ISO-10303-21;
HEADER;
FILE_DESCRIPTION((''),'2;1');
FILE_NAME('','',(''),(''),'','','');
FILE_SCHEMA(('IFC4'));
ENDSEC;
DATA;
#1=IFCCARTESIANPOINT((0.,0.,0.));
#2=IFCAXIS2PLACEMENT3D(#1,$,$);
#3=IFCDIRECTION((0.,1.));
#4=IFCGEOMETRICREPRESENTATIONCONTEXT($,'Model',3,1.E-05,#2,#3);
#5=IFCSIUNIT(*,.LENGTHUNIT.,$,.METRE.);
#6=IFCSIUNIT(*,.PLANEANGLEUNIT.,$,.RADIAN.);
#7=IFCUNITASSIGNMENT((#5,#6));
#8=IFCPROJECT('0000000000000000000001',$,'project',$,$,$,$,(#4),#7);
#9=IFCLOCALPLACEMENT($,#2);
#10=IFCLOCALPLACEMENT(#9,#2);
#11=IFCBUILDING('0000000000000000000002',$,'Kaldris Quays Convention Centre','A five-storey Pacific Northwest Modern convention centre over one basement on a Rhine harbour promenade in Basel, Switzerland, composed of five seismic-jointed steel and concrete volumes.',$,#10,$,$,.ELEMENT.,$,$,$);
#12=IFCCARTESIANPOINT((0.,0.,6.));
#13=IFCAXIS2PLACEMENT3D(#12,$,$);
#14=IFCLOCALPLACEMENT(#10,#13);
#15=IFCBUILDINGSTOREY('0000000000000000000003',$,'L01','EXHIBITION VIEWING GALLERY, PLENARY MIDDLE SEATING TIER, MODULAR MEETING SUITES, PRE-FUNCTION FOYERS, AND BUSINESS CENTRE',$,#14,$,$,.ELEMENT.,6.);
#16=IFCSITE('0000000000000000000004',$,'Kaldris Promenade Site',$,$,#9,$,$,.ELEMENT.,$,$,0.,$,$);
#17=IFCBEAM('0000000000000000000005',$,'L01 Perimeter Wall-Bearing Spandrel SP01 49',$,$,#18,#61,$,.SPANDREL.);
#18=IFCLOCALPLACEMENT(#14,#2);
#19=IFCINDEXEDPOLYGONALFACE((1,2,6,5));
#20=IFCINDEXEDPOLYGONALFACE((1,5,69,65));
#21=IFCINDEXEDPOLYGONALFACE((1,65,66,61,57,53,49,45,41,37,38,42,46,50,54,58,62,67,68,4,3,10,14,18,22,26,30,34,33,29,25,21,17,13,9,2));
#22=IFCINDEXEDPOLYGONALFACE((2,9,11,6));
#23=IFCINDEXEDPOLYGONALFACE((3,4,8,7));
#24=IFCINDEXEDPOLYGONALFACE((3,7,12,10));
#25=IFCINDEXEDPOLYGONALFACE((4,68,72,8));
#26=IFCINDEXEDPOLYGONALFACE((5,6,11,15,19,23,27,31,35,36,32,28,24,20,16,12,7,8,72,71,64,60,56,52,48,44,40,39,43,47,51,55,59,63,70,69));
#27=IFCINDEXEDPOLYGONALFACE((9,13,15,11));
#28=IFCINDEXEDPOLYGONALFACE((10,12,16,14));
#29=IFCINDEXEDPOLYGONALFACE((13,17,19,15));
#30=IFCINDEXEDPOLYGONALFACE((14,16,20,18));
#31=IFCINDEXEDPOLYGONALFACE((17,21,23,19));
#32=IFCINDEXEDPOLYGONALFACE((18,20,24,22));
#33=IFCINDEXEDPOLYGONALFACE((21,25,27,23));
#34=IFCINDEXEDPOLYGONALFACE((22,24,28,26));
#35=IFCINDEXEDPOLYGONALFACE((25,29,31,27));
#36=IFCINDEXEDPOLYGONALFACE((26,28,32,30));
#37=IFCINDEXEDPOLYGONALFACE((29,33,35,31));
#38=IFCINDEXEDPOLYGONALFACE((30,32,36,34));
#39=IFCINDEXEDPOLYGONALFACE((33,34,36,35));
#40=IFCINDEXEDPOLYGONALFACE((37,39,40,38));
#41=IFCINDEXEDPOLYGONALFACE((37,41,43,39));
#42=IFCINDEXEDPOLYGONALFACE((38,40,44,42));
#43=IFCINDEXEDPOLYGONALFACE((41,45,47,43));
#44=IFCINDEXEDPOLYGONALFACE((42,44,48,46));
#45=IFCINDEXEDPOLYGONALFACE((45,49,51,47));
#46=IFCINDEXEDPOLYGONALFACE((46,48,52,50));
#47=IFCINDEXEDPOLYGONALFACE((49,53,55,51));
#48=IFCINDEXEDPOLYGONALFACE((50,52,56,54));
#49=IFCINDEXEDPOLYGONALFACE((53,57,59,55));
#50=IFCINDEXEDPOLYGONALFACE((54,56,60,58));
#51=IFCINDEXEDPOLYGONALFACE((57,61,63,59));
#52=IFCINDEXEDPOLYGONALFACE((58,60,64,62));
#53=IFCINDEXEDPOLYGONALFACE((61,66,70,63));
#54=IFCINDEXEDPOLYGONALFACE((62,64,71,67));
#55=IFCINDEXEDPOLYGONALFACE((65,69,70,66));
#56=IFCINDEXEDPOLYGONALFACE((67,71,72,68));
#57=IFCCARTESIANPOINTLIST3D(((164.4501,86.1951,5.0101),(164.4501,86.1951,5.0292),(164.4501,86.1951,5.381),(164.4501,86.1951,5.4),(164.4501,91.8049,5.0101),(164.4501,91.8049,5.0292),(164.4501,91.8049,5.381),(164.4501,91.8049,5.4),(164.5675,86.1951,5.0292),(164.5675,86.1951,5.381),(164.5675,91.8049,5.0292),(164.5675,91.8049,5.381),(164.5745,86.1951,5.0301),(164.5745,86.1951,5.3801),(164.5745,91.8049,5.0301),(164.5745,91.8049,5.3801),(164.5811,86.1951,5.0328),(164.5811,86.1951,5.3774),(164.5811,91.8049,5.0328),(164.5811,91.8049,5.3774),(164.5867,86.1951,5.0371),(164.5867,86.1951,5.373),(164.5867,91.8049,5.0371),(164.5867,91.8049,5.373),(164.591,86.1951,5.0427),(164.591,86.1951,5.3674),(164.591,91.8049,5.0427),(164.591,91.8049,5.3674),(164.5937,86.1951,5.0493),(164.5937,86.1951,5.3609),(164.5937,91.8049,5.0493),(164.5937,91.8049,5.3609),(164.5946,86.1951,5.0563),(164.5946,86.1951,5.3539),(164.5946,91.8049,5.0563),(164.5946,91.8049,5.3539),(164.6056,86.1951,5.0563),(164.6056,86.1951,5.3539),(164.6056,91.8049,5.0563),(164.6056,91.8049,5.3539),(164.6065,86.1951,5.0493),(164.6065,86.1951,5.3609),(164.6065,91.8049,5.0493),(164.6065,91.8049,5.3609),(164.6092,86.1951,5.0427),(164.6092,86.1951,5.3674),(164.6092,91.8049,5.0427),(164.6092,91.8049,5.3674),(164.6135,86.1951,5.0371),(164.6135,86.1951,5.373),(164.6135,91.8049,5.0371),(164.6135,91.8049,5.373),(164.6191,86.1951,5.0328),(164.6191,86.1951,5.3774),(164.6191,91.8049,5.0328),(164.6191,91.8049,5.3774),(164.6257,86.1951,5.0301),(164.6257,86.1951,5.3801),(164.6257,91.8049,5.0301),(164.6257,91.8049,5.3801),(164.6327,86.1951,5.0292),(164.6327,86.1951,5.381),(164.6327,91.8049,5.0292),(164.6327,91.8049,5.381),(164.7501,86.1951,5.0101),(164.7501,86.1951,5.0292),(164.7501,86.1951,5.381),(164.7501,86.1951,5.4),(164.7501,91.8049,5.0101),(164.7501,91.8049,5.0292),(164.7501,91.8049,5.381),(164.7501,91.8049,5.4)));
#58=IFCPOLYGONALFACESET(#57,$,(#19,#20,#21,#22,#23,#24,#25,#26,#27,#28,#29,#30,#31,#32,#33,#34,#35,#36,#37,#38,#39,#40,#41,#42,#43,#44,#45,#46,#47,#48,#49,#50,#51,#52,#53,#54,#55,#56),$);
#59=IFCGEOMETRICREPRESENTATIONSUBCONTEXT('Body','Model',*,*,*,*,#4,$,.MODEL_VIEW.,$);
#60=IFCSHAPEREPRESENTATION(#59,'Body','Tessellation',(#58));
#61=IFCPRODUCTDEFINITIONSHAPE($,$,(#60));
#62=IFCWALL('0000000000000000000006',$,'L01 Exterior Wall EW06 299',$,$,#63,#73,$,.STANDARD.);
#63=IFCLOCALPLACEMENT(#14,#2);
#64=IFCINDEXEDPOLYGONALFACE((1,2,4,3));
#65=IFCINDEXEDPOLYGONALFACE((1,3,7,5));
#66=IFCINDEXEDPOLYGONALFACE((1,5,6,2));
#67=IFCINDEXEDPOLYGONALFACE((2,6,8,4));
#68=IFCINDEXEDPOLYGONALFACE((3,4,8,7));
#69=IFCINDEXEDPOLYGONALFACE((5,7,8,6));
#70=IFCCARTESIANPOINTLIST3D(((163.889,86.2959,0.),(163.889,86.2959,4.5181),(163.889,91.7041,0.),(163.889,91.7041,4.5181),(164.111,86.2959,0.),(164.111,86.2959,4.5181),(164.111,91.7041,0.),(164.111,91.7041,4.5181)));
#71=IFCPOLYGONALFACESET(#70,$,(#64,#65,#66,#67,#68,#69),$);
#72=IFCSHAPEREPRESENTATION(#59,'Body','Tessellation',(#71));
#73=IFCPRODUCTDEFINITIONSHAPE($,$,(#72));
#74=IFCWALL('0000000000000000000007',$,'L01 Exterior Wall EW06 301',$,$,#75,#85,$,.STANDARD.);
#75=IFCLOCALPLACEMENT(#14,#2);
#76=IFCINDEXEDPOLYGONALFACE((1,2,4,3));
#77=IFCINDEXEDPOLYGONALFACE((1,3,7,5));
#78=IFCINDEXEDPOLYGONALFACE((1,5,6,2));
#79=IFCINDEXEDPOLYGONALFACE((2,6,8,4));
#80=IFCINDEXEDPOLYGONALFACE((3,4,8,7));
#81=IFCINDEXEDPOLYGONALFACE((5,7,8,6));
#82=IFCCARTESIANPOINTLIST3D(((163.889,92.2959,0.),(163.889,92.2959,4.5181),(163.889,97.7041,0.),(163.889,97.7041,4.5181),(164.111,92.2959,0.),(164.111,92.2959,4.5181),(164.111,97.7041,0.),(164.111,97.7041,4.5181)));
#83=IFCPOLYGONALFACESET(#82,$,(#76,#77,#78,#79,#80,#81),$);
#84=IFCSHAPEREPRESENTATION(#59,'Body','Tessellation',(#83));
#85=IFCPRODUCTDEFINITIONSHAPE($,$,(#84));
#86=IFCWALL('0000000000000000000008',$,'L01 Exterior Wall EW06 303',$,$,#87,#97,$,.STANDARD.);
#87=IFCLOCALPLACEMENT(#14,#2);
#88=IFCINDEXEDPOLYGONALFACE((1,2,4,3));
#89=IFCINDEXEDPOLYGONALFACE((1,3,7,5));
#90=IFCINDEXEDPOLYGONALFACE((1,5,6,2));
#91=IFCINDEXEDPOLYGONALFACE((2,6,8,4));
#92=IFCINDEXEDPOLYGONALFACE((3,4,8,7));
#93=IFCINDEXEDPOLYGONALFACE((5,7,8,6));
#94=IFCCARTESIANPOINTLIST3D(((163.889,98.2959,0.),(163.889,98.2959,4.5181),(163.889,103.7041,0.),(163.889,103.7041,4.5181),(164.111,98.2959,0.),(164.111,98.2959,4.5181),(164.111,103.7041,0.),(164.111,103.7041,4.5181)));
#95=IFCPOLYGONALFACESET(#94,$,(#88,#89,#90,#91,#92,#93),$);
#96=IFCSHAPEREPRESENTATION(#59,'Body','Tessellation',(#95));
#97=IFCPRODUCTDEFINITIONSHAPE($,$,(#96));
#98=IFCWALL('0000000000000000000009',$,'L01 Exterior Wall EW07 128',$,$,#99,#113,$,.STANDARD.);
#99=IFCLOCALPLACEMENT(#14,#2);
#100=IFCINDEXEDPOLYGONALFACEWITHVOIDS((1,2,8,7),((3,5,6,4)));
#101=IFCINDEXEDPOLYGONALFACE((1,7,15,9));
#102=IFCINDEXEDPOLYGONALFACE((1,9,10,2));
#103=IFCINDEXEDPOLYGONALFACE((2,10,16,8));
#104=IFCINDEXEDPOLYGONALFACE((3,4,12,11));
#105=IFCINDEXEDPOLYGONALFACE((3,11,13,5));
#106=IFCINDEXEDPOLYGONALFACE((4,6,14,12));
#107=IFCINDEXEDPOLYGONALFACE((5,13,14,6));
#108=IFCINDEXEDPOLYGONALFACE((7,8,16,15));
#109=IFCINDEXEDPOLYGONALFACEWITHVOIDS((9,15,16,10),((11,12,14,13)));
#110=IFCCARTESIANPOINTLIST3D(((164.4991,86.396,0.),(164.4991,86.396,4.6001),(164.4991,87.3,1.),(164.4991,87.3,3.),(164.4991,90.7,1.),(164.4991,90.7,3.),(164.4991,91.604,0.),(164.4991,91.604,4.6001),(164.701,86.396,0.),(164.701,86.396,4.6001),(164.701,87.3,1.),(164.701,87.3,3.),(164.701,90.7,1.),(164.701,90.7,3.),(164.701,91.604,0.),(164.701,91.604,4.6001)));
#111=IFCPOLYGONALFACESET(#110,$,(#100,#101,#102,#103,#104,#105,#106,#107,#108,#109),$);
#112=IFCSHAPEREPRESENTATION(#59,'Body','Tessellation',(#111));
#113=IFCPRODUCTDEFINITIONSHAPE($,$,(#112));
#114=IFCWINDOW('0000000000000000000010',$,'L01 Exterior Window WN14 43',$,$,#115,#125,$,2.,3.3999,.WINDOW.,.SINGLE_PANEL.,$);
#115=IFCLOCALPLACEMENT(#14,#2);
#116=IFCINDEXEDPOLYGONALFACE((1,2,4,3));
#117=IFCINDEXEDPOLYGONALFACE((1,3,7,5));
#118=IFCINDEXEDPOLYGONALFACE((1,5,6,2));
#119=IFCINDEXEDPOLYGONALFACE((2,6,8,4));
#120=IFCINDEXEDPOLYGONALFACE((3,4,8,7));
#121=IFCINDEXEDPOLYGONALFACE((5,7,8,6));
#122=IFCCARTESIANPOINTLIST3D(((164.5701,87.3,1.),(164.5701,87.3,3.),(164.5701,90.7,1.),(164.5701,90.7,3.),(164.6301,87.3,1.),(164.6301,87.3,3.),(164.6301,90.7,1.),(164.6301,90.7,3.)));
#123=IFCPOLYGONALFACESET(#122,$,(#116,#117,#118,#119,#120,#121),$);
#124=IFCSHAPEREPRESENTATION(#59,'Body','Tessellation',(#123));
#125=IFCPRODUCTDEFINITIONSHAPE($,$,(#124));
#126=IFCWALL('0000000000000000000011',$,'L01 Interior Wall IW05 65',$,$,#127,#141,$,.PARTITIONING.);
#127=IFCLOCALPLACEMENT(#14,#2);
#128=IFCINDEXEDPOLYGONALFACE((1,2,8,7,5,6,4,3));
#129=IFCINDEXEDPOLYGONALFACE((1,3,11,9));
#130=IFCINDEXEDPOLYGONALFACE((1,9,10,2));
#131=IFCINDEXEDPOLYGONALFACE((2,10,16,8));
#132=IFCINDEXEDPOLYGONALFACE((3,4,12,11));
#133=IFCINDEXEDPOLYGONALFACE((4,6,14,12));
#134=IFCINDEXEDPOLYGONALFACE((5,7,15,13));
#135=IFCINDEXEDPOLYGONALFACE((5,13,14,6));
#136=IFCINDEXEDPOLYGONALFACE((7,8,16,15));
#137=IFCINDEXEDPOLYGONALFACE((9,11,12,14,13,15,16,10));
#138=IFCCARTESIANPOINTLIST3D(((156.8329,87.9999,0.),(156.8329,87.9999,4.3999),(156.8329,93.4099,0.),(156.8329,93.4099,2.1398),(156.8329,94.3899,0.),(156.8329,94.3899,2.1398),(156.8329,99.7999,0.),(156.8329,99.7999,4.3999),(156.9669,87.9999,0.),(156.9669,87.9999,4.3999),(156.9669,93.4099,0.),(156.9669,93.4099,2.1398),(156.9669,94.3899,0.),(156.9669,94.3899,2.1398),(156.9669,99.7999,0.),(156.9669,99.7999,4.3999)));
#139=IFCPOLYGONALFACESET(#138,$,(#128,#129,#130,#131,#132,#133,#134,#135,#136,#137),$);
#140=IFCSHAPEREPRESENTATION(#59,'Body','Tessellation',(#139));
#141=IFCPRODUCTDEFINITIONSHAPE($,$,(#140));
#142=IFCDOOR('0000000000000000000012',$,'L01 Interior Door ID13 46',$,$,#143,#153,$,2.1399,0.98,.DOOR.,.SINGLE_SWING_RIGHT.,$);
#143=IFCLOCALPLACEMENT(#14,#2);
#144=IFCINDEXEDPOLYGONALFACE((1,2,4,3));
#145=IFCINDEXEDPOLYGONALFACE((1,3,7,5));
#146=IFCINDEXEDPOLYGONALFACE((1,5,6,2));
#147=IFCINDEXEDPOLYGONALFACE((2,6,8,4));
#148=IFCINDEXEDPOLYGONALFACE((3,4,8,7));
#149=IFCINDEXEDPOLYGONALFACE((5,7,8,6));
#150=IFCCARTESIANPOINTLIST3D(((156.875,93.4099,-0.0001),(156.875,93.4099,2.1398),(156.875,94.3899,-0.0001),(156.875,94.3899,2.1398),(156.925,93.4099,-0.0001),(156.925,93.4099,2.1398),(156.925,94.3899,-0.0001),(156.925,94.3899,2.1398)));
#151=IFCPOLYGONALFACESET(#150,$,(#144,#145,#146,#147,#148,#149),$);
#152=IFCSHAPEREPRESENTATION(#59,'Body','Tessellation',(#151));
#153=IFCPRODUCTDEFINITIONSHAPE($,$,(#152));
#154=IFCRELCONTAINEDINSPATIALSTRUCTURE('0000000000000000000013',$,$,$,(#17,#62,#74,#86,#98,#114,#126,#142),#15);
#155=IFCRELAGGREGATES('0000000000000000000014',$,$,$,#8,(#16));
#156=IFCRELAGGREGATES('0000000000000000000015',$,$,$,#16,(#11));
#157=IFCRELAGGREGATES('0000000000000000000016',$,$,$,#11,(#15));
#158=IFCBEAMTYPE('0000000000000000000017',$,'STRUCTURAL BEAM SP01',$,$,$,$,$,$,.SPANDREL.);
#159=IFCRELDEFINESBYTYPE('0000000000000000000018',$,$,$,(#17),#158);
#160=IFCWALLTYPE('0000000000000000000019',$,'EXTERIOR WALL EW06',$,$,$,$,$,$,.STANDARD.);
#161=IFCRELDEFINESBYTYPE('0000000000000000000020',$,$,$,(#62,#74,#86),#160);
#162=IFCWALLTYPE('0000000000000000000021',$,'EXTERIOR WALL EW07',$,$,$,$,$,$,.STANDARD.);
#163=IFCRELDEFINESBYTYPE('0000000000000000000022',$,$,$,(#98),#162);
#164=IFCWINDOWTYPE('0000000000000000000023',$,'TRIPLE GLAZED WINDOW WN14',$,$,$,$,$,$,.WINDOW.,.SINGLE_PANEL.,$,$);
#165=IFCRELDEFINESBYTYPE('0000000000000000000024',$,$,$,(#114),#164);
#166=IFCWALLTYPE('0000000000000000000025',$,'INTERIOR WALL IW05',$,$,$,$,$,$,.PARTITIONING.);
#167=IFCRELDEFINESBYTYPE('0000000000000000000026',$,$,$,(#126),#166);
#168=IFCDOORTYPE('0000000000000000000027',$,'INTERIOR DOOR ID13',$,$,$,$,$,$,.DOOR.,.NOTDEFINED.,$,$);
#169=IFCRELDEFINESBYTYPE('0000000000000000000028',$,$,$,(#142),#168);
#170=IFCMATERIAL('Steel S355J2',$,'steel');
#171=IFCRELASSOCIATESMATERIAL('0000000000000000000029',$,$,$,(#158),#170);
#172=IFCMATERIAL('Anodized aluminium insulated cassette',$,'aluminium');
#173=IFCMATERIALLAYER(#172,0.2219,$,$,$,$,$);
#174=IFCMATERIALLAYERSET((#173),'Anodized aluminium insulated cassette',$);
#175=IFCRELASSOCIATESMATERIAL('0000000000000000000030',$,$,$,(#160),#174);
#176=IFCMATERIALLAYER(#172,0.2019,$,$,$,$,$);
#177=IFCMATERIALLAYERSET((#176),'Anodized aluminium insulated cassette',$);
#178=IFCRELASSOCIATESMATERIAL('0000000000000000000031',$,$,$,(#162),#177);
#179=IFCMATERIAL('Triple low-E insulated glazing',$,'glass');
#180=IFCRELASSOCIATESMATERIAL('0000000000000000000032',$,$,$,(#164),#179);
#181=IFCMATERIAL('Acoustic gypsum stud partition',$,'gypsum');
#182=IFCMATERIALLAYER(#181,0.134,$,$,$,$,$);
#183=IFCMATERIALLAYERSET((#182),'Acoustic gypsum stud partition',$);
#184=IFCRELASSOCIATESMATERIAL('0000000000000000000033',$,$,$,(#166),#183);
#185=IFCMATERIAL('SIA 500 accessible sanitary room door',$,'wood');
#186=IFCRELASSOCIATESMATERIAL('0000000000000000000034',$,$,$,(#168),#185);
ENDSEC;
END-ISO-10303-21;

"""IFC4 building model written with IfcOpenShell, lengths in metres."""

from ifc_helpers import new_model, si_unit, direction, frame, frame_2d, origin, origin_2d, place, context, subcontext, project, spatial, rectangle, i_section, extrude, material, layer, layer_set, material_profile, profile_set, type_object, element, fill, save


model = new_model("IFC4")

# Units and contexts
model_context = context("Model", 3, precision=1e-05, world=origin(), true_north=direction((0.0, 1.0)))
body_context = subcontext(model_context, "Body", "Model", "MODEL_VIEW")
ifc_project = project(units=[si_unit("LENGTHUNIT", "METRE"), si_unit("PLANEANGLEUNIT", "RADIAN")], contexts=[model_context])

# Site, building, storey
site_placement = place(None, origin())
site = spatial("IfcSite", under=ifc_project, at=site_placement, Name="Kaldris Promenade Site", CompositionType="ELEMENT", RefElevation=0.0)
building_placement = place(site_placement, origin())
building = spatial("IfcBuilding", under=site, at=building_placement, Name="Kaldris Quays Convention Centre", Description="A five-storey Pacific Northwest Modern convention centre over one basement on a Rhine harbour promenade in Basel, Switzerland, composed of five seismic-jointed steel and concrete volumes.", CompositionType="ELEMENT")
storey_placement = place(building_placement, frame((0.0, 0.0, 6.0)))
storey = spatial("IfcBuildingStorey", under=building, at=storey_placement, Name="L01", Description="EXHIBITION VIEWING GALLERY, PLENARY MIDDLE SEATING TIER, MODULAR MEETING SUITES, PRE-FUNCTION FOYERS, AND BUSINESS CENTRE", CompositionType="ELEMENT", Elevation=6.0)

# Shared definitions
ifc_material_1 = material(Name="Steel S355J2", Category="steel")

# Beam
ifc_material_profile_1 = material_profile(ifc_material_1, i_section(OverallWidth=0.3, OverallDepth=0.3899, WebThickness=0.011, FlangeThickness=0.019, FilletRadius=0.0271, at=origin_2d()), Name="HEA 400")
ifc_profile_set_1 = profile_set([ifc_material_profile_1], Name="Steel S355J2")
beam_type_1 = type_object("IfcBeamType", Name="STRUCTURAL BEAM SP01", PredefinedType="SPANDREL", material=ifc_profile_set_1)
beam_placement = place(storey_placement, frame((164.6001, 86.1951, 5.2051), z_axis=(0.0, 1.0, 0.0), x_axis=(-1.0, 0.0, 0.0)))
element("IfcBeam", 1, at=beam_placement, inside=storey, type_object=beam_type_1, Name="L01 Perimeter Wall-Bearing Spandrel SP01 49", PredefinedType="SPANDREL", context=body_context, shape_type="SweptSolid", body=[
    extrude(i_section(OverallWidth=0.3, OverallDepth=0.3899, WebThickness=0.011, FlangeThickness=0.019, FilletRadius=0.0271, at=origin_2d()), origin(), (0.0, 0.0, 1.0), 5.6099),
])

# Walls
ifc_material_2 = material(Name="Anodized aluminium insulated cassette", Category="aluminium")
ifc_layer_1 = layer(ifc_material_2, 0.2219)
ifc_layer_set_1 = layer_set([ifc_layer_1], Name="Anodized aluminium insulated cassette")
wall_type_1 = type_object("IfcWallType", Name="EXTERIOR WALL EW06", PredefinedType="STANDARD", material=ifc_layer_set_1)
for number, where, z_axis, x_axis, name in (
    (2, (164.0, 86.2959, 0.0), (0.0, 0.0, 1.0), (0.0, 1.0, 0.0), "L01 Exterior Wall EW06 299"),
    (3, (164.0, 92.2959, 0.0), (0.0, 0.0, 1.0), (0.0, 1.0, 0.0), "L01 Exterior Wall EW06 301"),
    (4, (164.0, 98.2959, 0.0), (0.0, 0.0, 1.0), (0.0, 1.0, 0.0), "L01 Exterior Wall EW06 303"),
):
    element("IfcWall", number, at=place(storey_placement, frame(where, z_axis=z_axis, x_axis=x_axis)), inside=storey, type_object=wall_type_1, Name=name, PredefinedType="STANDARD", context=body_context, shape_type="SweptSolid", body=[
        extrude(rectangle(XDim=5.4082, YDim=0.2219, at=frame_2d((2.7041, 0.0))), origin(), (0.0, 0.0, 1.0), 4.5181),
    ])

# Wall, opening, window
ifc_layer_2 = layer(ifc_material_2, 0.2019)
ifc_layer_set_2 = layer_set([ifc_layer_2], Name="Anodized aluminium insulated cassette")
wall_type_2 = type_object("IfcWallType", Name="EXTERIOR WALL EW07", PredefinedType="STANDARD", material=ifc_layer_set_2)
wall_1_placement = place(storey_placement, frame((164.6001, 86.396, 0.0), z_axis=(0.0, 0.0, 1.0), x_axis=(0.0, 1.0, 0.0)))
wall_1 = element("IfcWall", 5, at=wall_1_placement, inside=storey, type_object=wall_type_2, Name="L01 Exterior Wall EW07 128", PredefinedType="STANDARD", context=body_context, shape_type="SweptSolid", body=[
    extrude(rectangle(XDim=5.208, YDim=0.2019, at=frame_2d((2.604, 0.0))), origin(), (0.0, 0.0, 1.0), 4.6001),
])
opening_1_placement = place(wall_1_placement, frame((0.9041, 0.0, 1.0)))
opening_1 = element("IfcOpeningElement", 6, at=opening_1_placement, cuts=wall_1, PredefinedType="OPENING", context=body_context, shape_type="SweptSolid", body=[
    extrude(rectangle(XDim=3.3999, YDim=2.0, at=frame_2d((1.7, 1.0))), frame((0.0, 0.1108, 0.0), z_axis=(0.0, -1.0, 0.0), x_axis=(1.0, 0.0, 0.0)), (0.0, 0.0, 1.0), 0.2219),
])
ifc_material_3 = material(Name="Triple low-E insulated glazing", Category="glass")
window_type = type_object("IfcWindowType", Name="TRIPLE GLAZED WINDOW WN14", PartitioningType="SINGLE_PANEL", PredefinedType="WINDOW", material=ifc_material_3)
window_placement = place(opening_1_placement, origin())
window = element("IfcWindow", 7, at=window_placement, inside=storey, type_object=window_type, Name="L01 Exterior Window WN14 43", OverallHeight=2.0, OverallWidth=3.3999, PartitioningType="SINGLE_PANEL", PredefinedType="WINDOW", context=body_context, shape_type="SweptSolid", body=[
    extrude(rectangle(XDim=3.3999, YDim=2.0, at=frame_2d((1.7, 1.0))), frame((0.0, 0.03, 0.0), z_axis=(0.0, -1.0, 0.0), x_axis=(1.0, 0.0, 0.0)), (0.0, 0.0, 1.0), 0.0601),
])
fill(opening_1, window)

# Wall, opening, door
ifc_material_4 = material(Name="Acoustic gypsum stud partition", Category="gypsum")
ifc_layer_3 = layer(ifc_material_4, 0.134)
ifc_layer_set_3 = layer_set([ifc_layer_3], Name="Acoustic gypsum stud partition")
wall_type_3 = type_object("IfcWallType", Name="INTERIOR WALL IW05", PredefinedType="PARTITIONING", material=ifc_layer_set_3)
wall_2_placement = place(storey_placement, frame((156.8999, 88.0, 0.0), z_axis=(0.0, 0.0, 1.0), x_axis=(0.0, 1.0, 0.0)))
wall_2 = element("IfcWall", 8, at=wall_2_placement, inside=storey, type_object=wall_type_3, Name="L01 Interior Wall IW05 65", PredefinedType="PARTITIONING", context=body_context, shape_type="SweptSolid", body=[
    extrude(rectangle(XDim=11.8, YDim=0.134, at=frame_2d((5.8999, 0.0))), origin(), (0.0, 0.0, 1.0), 4.3999),
])
opening_2_placement = place(wall_2_placement, frame((5.4099, 0.0, 0.0)))
opening_2 = element("IfcOpeningElement", 9, at=opening_2_placement, cuts=wall_2, PredefinedType="OPENING", context=body_context, shape_type="SweptSolid", body=[
    extrude(rectangle(XDim=0.98, YDim=2.1399, at=frame_2d((0.49, 1.0698))), frame((0.0, 0.0771, 0.0), z_axis=(0.0, -1.0, 0.0), x_axis=(1.0, 0.0, 0.0)), (0.0, 0.0, 1.0), 0.1541),
])
ifc_material_5 = material(Name="SIA 500 accessible sanitary room door", Category="wood")
door_type_1 = type_object("IfcDoorType", Name="INTERIOR DOOR ID13", OperationType="NOTDEFINED", PredefinedType="DOOR", material=ifc_material_5)
door_1_placement = place(opening_2_placement, origin())
door_1 = element("IfcDoor", 10, at=door_1_placement, inside=storey, type_object=door_type_1, Name="L01 Interior Door ID13 46", OperationType="SINGLE_SWING_RIGHT", OverallHeight=2.1399, OverallWidth=0.98, PredefinedType="DOOR", context=body_context, shape_type="SweptSolid", body=[
    extrude(rectangle(XDim=0.98, YDim=2.1399, at=frame_2d((0.49, 1.0698))), frame((0.0, 0.0249, 0.0), z_axis=(0.0, -1.0, 0.0), x_axis=(1.0, 0.0, 0.0)), (0.0, 0.0, 1.0), 0.05),
])
fill(opening_2, door_1)

save(model, "model.ifc")
